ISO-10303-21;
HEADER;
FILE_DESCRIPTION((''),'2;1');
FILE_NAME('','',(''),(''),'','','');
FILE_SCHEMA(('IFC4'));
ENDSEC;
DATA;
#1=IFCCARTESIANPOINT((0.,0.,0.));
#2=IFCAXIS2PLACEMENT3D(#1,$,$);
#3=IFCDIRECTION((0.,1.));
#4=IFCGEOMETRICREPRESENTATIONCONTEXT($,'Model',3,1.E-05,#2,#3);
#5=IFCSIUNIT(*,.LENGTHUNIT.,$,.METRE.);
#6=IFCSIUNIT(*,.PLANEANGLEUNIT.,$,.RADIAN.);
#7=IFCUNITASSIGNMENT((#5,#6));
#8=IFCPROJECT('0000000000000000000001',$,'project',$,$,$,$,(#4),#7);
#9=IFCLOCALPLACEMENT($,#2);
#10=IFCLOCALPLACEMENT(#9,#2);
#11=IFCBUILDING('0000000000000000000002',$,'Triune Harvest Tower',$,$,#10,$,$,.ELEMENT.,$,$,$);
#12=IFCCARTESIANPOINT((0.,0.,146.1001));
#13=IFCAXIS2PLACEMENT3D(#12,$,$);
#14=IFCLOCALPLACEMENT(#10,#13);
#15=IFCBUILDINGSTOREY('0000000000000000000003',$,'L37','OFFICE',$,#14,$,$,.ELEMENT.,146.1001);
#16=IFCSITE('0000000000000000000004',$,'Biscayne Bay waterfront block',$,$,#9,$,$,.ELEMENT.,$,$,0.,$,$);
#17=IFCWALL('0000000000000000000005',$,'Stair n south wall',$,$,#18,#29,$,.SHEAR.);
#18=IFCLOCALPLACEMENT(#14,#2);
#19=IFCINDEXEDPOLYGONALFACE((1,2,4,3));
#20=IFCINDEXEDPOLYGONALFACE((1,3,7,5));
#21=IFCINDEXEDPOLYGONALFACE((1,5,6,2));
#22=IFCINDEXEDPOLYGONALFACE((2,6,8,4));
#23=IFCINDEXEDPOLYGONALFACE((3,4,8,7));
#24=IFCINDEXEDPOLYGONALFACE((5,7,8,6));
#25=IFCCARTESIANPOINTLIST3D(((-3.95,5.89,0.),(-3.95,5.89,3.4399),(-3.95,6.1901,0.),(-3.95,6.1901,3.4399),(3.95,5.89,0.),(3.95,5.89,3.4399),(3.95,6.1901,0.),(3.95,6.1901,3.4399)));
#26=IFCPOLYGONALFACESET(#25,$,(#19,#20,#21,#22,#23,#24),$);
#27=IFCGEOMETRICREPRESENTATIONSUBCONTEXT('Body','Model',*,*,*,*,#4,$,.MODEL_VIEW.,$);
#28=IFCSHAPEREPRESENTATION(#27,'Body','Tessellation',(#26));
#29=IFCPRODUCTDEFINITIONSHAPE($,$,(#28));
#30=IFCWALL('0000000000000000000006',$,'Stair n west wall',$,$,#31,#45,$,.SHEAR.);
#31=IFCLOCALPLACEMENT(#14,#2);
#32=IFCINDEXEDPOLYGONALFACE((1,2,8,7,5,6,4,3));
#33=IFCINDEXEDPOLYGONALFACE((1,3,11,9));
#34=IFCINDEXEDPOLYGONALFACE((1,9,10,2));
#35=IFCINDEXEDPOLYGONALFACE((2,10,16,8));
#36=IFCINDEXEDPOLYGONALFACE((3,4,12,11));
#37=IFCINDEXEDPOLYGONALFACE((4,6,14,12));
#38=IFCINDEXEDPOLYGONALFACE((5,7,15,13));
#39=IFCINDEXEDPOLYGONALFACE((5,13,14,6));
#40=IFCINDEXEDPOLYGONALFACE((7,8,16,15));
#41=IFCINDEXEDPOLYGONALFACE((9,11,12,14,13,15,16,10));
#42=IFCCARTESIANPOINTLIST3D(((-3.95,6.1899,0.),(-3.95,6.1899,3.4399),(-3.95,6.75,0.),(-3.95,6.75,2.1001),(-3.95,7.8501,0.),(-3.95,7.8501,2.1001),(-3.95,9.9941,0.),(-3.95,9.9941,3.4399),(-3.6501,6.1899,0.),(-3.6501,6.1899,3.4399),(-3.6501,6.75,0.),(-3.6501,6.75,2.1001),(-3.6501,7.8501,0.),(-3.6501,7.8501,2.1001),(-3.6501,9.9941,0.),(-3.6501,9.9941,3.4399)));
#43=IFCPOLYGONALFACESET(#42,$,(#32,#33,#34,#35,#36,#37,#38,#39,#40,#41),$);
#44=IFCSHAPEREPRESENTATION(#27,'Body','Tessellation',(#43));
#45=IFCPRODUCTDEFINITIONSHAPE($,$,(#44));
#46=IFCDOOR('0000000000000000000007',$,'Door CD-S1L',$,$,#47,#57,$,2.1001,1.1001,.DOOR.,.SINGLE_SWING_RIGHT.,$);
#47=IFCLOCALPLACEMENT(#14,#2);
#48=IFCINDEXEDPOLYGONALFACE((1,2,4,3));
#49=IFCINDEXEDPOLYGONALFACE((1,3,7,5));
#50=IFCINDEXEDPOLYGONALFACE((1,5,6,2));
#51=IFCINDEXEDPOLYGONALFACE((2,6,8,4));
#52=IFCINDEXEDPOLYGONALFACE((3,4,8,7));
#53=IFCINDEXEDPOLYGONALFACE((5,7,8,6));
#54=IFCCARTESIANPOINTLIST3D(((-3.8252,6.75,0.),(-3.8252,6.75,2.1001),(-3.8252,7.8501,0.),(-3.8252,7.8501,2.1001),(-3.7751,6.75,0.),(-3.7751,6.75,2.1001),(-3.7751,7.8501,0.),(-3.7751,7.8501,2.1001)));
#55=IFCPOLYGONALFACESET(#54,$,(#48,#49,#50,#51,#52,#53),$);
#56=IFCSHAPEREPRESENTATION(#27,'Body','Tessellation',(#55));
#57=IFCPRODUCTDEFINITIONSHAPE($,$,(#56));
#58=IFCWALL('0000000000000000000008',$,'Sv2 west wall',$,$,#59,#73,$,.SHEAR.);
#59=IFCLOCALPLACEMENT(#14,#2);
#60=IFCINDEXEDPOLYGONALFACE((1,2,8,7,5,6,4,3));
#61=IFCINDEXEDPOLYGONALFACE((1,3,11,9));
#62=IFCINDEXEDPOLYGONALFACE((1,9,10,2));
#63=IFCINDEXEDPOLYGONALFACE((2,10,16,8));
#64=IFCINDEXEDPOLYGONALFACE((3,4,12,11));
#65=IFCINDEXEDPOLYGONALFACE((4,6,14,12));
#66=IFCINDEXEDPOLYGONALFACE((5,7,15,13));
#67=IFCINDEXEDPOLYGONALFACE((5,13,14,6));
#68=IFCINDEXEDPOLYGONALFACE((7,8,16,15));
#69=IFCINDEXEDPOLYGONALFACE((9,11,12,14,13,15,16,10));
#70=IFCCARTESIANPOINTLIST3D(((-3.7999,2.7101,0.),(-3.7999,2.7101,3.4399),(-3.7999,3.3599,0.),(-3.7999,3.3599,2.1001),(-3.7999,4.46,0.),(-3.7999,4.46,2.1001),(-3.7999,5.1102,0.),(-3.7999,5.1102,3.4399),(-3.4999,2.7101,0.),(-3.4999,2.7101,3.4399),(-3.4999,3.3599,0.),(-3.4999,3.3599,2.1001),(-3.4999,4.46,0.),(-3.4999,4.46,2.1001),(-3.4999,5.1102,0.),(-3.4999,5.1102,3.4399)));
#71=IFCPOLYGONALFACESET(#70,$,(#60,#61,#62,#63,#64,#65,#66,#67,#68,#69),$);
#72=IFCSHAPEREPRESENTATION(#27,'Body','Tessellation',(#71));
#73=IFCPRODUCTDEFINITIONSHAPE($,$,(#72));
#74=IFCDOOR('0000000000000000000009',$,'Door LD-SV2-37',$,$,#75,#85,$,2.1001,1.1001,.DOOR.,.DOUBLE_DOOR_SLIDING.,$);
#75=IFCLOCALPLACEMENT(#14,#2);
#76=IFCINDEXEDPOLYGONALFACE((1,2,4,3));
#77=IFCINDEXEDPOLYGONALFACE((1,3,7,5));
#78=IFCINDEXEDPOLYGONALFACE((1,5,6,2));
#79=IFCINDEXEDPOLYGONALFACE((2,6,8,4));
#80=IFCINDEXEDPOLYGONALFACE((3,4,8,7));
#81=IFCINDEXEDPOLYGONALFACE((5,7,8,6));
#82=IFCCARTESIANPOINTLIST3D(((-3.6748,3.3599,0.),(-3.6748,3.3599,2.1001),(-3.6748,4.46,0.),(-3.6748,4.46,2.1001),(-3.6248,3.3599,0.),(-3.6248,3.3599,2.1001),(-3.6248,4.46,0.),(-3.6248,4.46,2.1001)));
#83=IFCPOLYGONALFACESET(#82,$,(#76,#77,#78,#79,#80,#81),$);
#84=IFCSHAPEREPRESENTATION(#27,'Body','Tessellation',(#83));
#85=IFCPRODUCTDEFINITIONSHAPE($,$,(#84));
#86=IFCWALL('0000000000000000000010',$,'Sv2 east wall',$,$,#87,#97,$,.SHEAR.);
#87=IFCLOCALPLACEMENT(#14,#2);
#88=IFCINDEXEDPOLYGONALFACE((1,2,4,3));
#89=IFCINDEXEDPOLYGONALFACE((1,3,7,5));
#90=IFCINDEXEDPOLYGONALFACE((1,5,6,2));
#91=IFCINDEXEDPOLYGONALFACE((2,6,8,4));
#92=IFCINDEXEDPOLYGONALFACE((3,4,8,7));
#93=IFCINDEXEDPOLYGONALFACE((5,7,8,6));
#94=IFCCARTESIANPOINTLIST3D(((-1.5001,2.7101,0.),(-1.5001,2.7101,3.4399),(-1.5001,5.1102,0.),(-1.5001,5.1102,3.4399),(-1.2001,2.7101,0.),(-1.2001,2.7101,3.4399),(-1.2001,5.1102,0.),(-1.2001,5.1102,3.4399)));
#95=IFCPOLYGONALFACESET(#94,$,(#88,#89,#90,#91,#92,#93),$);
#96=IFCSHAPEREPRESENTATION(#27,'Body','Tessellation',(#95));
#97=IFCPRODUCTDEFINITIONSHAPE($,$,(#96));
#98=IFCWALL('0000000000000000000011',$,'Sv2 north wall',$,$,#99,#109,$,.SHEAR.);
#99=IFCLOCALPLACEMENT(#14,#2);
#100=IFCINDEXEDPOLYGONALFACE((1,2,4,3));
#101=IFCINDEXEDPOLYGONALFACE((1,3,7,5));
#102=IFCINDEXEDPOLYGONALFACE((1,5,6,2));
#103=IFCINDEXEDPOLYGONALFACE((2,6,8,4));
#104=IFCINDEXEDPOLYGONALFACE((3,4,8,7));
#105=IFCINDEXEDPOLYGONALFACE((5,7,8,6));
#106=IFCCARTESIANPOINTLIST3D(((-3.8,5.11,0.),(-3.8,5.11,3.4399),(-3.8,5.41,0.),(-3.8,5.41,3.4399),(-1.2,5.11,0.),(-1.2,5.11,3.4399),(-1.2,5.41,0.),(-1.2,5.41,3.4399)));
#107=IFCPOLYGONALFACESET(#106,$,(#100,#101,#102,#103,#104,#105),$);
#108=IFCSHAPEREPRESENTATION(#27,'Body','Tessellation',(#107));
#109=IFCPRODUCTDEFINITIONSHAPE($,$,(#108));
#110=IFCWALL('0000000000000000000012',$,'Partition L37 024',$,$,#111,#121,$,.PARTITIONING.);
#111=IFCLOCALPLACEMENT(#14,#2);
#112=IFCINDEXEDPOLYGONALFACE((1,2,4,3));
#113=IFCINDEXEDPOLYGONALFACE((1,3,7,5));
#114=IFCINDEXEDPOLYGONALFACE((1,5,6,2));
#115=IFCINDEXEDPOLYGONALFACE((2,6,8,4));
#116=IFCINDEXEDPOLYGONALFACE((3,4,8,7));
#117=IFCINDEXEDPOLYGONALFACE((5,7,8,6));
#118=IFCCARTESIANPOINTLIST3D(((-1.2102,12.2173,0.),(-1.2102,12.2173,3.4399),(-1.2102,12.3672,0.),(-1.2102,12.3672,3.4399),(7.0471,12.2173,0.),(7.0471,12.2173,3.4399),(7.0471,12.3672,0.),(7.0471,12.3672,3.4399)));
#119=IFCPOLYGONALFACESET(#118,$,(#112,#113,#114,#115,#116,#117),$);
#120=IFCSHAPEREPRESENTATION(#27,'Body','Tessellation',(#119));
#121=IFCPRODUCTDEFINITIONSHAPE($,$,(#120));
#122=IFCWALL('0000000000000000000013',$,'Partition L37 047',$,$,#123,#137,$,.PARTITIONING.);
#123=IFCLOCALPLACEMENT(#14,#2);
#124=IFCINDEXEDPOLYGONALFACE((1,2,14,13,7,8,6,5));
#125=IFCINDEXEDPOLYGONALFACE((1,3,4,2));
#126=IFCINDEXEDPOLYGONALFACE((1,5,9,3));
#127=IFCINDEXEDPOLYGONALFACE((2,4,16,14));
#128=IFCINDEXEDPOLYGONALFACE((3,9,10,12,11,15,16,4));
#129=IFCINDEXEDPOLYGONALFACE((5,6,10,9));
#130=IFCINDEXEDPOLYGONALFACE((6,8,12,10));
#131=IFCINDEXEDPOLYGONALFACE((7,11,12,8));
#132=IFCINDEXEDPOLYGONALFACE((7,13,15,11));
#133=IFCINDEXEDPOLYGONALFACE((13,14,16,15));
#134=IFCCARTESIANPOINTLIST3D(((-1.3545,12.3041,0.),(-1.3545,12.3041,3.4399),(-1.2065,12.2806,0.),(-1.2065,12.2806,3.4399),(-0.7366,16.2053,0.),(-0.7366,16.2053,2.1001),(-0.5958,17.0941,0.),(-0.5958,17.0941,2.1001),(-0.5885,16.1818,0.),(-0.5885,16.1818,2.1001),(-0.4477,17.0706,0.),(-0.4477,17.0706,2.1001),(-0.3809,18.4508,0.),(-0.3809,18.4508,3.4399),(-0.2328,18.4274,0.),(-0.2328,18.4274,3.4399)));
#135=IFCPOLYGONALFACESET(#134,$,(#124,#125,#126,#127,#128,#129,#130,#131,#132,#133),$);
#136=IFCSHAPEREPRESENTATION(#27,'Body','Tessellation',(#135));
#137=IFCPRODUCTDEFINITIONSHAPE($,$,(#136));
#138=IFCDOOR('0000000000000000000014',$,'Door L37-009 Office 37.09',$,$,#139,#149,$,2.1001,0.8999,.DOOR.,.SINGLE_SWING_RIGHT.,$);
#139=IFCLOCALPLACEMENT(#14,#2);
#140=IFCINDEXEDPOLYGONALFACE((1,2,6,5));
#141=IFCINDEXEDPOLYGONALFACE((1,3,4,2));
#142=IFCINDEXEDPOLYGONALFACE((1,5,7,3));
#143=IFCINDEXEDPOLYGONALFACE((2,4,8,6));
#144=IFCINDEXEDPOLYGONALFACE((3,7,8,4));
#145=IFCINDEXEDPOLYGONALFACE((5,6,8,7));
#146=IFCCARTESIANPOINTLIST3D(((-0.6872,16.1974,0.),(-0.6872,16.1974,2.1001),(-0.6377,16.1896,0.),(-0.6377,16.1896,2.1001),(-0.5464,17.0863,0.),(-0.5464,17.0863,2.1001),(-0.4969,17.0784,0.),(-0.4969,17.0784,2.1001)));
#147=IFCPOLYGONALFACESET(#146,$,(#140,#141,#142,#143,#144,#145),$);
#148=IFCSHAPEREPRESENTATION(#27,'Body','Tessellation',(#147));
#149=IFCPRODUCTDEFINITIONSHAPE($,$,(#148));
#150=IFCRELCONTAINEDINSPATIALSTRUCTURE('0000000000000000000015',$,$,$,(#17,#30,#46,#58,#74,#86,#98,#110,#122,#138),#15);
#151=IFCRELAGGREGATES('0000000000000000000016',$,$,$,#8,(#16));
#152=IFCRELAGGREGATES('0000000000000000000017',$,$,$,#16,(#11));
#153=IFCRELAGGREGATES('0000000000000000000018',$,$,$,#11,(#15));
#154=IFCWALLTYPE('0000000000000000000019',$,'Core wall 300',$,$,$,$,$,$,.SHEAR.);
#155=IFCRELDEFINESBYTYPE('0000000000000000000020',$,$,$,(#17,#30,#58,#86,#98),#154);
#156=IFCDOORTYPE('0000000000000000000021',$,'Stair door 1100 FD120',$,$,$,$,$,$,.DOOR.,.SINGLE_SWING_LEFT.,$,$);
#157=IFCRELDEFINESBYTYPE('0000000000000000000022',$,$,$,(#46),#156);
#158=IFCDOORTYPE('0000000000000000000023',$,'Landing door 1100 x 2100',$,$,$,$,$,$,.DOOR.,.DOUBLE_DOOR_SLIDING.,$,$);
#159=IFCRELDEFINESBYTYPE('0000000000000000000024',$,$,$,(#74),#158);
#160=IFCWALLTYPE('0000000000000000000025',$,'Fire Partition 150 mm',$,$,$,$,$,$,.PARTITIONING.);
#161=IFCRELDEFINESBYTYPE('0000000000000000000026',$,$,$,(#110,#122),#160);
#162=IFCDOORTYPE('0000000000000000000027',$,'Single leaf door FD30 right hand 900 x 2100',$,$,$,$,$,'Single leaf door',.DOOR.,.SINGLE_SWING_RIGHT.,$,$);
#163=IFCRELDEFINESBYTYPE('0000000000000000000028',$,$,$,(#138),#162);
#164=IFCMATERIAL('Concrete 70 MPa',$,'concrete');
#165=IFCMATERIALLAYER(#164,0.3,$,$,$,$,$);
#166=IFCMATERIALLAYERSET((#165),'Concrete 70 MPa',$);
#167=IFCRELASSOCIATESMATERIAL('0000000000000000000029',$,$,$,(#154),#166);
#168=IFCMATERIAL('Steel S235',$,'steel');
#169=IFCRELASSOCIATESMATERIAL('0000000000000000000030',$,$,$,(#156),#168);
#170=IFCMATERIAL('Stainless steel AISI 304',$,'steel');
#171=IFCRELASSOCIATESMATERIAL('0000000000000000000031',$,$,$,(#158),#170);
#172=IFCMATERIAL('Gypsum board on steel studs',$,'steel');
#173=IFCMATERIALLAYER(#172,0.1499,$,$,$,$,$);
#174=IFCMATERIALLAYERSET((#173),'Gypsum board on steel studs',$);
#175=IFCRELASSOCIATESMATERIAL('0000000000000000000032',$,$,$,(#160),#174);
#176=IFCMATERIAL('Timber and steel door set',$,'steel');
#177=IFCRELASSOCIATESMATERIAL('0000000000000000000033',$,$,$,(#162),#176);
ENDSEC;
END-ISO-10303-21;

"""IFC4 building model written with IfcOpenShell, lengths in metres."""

from ifc_helpers import new_model, si_unit, direction, frame, frame_2d, origin, place, context, subcontext, project, spatial, polyline, rectangle, outline, extrude, source, transform, mapped, material, layer, layer_set, type_object, element, fill, save


model = new_model("IFC4")

# Units and contexts
model_context = context("Model", 3, precision=1e-05, world=origin(), true_north=direction((0.0, 1.0)))
body_context = subcontext(model_context, "Body", "Model", "MODEL_VIEW")
ifc_project = project(units=[si_unit("LENGTHUNIT", "METRE"), si_unit("PLANEANGLEUNIT", "RADIAN")], contexts=[model_context])

# Site, building, storey
site_placement = place(None, origin())
site = spatial("IfcSite", under=ifc_project, at=site_placement, Name="Biscayne Bay waterfront block", CompositionType="ELEMENT", RefElevation=0.0)
building_placement = place(site_placement, origin())
building = spatial("IfcBuilding", under=site, at=building_placement, Name="Triune Harvest Tower", CompositionType="ELEMENT")
storey_placement = place(building_placement, frame((0.0, 0.0, 146.1001)))
storey = spatial("IfcBuildingStorey", under=building, at=storey_placement, Name="L37", Description="OFFICE", CompositionType="ELEMENT", Elevation=146.1001)

# Wall
ifc_material_1 = material(Name="Concrete 70 MPa", Category="concrete")
ifc_layer_1 = layer(ifc_material_1, 0.3)
ifc_layer_set_1 = layer_set([ifc_layer_1], Name="Concrete 70 MPa")
wall_type_1 = type_object("IfcWallType", Name="Core wall 300", PredefinedType="SHEAR", material=ifc_layer_set_1)
shared_shape_1 = source(origin(), body_context, "Body", "SweptSolid", [
    extrude(rectangle(XDim=7.8999, YDim=0.3, at=frame_2d((3.95, 0.0))), origin(), (0.0, 0.0, 1.0), 3.4399),
])
wall_1_placement = place(storey_placement, frame((-3.95, 6.04, 0.0), z_axis=(0.0, 0.0, 1.0), x_axis=(1.0, 0.0, 0.0)))
element("IfcWall", 1, at=wall_1_placement, inside=storey, type_object=wall_type_1, Name="Stair n south wall", PredefinedType="SHEAR", context=body_context, shape_type="MappedRepresentation", body=[
    mapped(shared_shape_1, transform((0.0, 0.0, 0.0), scale=1.0)),
])

# Walls, openings, doors
shared_shape_2 = source(origin(), body_context, "Body", "SweptSolid", [
    extrude(outline(polyline([(0.0, -0.1499), (0.0, 0.1499), (3.8042, 0.1499), (3.8042, -0.1499), (0.0, -0.1499)])), origin(), (0.0, 0.0, 1.0), 3.4399),
])
wall_2_placement = place(storey_placement, frame((-3.8, 6.1899, 0.0), z_axis=(0.0, 0.0, 1.0), x_axis=(0.0, 1.0, 0.0)))
wall_2 = element("IfcWall", 2, at=wall_2_placement, inside=storey, type_object=wall_type_1, Name="Stair n west wall", PredefinedType="SHEAR", context=body_context, shape_type="MappedRepresentation", body=[
    mapped(shared_shape_2, transform((0.0, 0.0, 0.0), scale=1.0)),
])
opening_1_placement = place(wall_2_placement, frame((0.5601, 0.0, 0.0)))
opening_1 = element("IfcOpeningElement", 3, at=opening_1_placement, cuts=wall_2, PredefinedType="OPENING", context=body_context, shape_type="SweptSolid", body=[
    extrude(rectangle(XDim=1.1001, YDim=2.1001, at=frame_2d((0.55, 1.05))), frame((0.0, 0.1602, 0.0), z_axis=(0.0, -1.0, 0.0), x_axis=(1.0, 0.0, 0.0)), (0.0, 0.0, 1.0), 0.3201),
])
ifc_material_2 = material(Name="Steel S235", Category="steel")
door_type_1 = type_object("IfcDoorType", Name="Stair door 1100 FD120", OperationType="SINGLE_SWING_LEFT", PredefinedType="DOOR", material=ifc_material_2)
door_1_placement = place(opening_1_placement, frame((1.1001, 0.0, 0.0), z_axis=(0.0, 0.0, 1.0), x_axis=(-1.0, 0.0, 0.0)))
door_1 = element("IfcDoor", 4, at=door_1_placement, inside=storey, type_object=door_type_1, Name="Door CD-S1L", OperationType="SINGLE_SWING_RIGHT", OverallHeight=2.1001, OverallWidth=1.1001, PredefinedType="DOOR", context=body_context, shape_type="SweptSolid", body=[
    extrude(rectangle(XDim=1.1001, YDim=2.1001, at=frame_2d((0.55, 1.05))), frame((0.0, 0.0249, 0.0), z_axis=(0.0, -1.0, 0.0), x_axis=(1.0, 0.0, 0.0)), (0.0, 0.0, 1.0), 0.05),
])
fill(opening_1, door_1)
shared_shape_3 = source(origin(), body_context, "Body", "SweptSolid", [
    extrude(rectangle(XDim=2.4001, YDim=0.3, at=frame_2d((1.2002, 0.0))), origin(), (0.0, 0.0, 1.0), 3.4399),
])
wall_3_placement = place(storey_placement, frame((-3.6499, 2.71, 0.0), z_axis=(0.0, 0.0, 1.0), x_axis=(0.0, 1.0, 0.0)))
wall_3 = element("IfcWall", 5, at=wall_3_placement, inside=storey, type_object=wall_type_1, Name="Sv2 west wall", PredefinedType="SHEAR", context=body_context, shape_type="MappedRepresentation", body=[
    mapped(shared_shape_3, transform((0.0, 0.0, 0.0), scale=1.0)),
])
opening_2_placement = place(wall_3_placement, frame((0.6499, 0.0, 0.0)))
opening_2 = element("IfcOpeningElement", 6, at=opening_2_placement, cuts=wall_3, PredefinedType="OPENING", context=body_context, shape_type="SweptSolid", body=[
    extrude(rectangle(XDim=1.1001, YDim=2.1001, at=frame_2d((0.55, 1.05))), frame((0.0, 0.1602, 0.0), z_axis=(0.0, -1.0, 0.0), x_axis=(1.0, 0.0, 0.0)), (0.0, 0.0, 1.0), 0.3201),
])
ifc_material_3 = material(Name="Stainless steel AISI 304", Category="steel")
door_type_2 = type_object("IfcDoorType", Name="Landing door 1100 x 2100", OperationType="DOUBLE_DOOR_SLIDING", PredefinedType="DOOR", material=ifc_material_3)
door_2_placement = place(opening_2_placement, origin())
door_2 = element("IfcDoor", 7, at=door_2_placement, inside=storey, type_object=door_type_2, Name="Door LD-SV2-37", OperationType="DOUBLE_DOOR_SLIDING", OverallHeight=2.1001, OverallWidth=1.1001, PredefinedType="DOOR", context=body_context, shape_type="SweptSolid", body=[
    extrude(rectangle(XDim=1.1001, YDim=2.1001, at=frame_2d((0.55, 1.05))), frame((0.0, 0.0249, 0.0), z_axis=(0.0, -1.0, 0.0), x_axis=(1.0, 0.0, 0.0)), (0.0, 0.0, 1.0), 0.05),
])
fill(opening_2, door_2)

# Walls
wall_4_placement = place(storey_placement, frame((-1.3501, 2.71, 0.0), z_axis=(0.0, 0.0, 1.0), x_axis=(0.0, 1.0, 0.0)))
element("IfcWall", 8, at=wall_4_placement, inside=storey, type_object=wall_type_1, Name="Sv2 east wall", PredefinedType="SHEAR", context=body_context, shape_type="MappedRepresentation", body=[
    mapped(shared_shape_3, transform((0.0, 0.0, 0.0), scale=1.0)),
])
shared_shape_4 = source(origin(), body_context, "Body", "SweptSolid", [
    extrude(rectangle(XDim=2.6001, YDim=0.3, at=frame_2d((1.3, 0.0))), origin(), (0.0, 0.0, 1.0), 3.4399),
])
wall_5_placement = place(storey_placement, frame((-3.8, 5.26, 0.0), z_axis=(0.0, 0.0, 1.0), x_axis=(1.0, 0.0, 0.0)))
element("IfcWall", 9, at=wall_5_placement, inside=storey, type_object=wall_type_1, Name="Sv2 north wall", PredefinedType="SHEAR", context=body_context, shape_type="MappedRepresentation", body=[
    mapped(shared_shape_4, transform((0.0, 0.0, 0.0), scale=1.0)),
])
ifc_material_4 = material(Name="Gypsum board on steel studs", Category="steel")
ifc_layer_2 = layer(ifc_material_4, 0.1499)
ifc_layer_set_2 = layer_set([ifc_layer_2], Name="Gypsum board on steel studs")
wall_type_2 = type_object("IfcWallType", Name="Fire Partition 150 mm", PredefinedType="PARTITIONING", material=ifc_layer_set_2)
shared_shape_5 = source(origin(), body_context, "Body", "SweptSolid", [
    extrude(rectangle(XDim=8.2573, YDim=0.1499, at=frame_2d((4.1287, 0.0))), origin(), (0.0, 0.0, 1.0), 3.4399),
])
wall_6_placement = place(storey_placement, frame((-1.2102, 12.2922, 0.0), z_axis=(0.0, 0.0, 1.0), x_axis=(1.0, 0.0, 0.0)))
element("IfcWall", 10, at=wall_6_placement, inside=storey, type_object=wall_type_2, Name="Partition L37 024", PredefinedType="PARTITIONING", context=body_context, shape_type="MappedRepresentation", body=[
    mapped(shared_shape_5, transform((0.0, 0.0, 0.0), scale=1.0)),
])

# Wall, opening, door
shared_shape_6 = source(origin(), body_context, "Body", "SweptSolid", [
    extrude(rectangle(XDim=6.2234, YDim=0.1499, at=frame_2d((3.1118, 0.0))), origin(), (0.0, 0.0, 1.0), 3.4399),
])
wall_7_placement = place(storey_placement, frame((-1.2805, 12.2922, 0.0), z_axis=(0.0, 0.0, 1.0), x_axis=(0.156448, 0.987686, 0.0)))
wall_7 = element("IfcWall", 11, at=wall_7_placement, inside=storey, type_object=wall_type_2, Name="Partition L37 047", PredefinedType="PARTITIONING", context=body_context, shape_type="MappedRepresentation", body=[
    mapped(shared_shape_6, transform((0.0, 0.0, 0.0), scale=1.0)),
])
opening_3_placement = place(wall_7_placement, frame((3.95, 0.0, 0.0)))
opening_3 = element("IfcOpeningElement", 12, at=opening_3_placement, cuts=wall_7, PredefinedType="OPENING", context=body_context, shape_type="SweptSolid", body=[
    extrude(rectangle(XDim=0.8999, YDim=2.1001, at=frame_2d((0.45, 1.05))), frame((0.0, 0.085, 0.0), z_axis=(0.0, -1.0, 0.0), x_axis=(1.0, 0.0, 0.0)), (0.0, 0.0, 1.0), 0.1699),
])
ifc_material_5 = material(Name="Timber and steel door set", Category="steel")
door_type_3 = type_object("IfcDoorType", Name="Single leaf door FD30 right hand 900 x 2100", ElementType="Single leaf door", OperationType="SINGLE_SWING_RIGHT", PredefinedType="DOOR", material=ifc_material_5)
door_3_placement = place(opening_3_placement, origin())
door_3 = element("IfcDoor", 13, at=door_3_placement, inside=storey, type_object=door_type_3, Name="Door L37-009 Office 37.09", OperationType="SINGLE_SWING_RIGHT", OverallHeight=2.1001, OverallWidth=0.8999, PredefinedType="DOOR", context=body_context, shape_type="SweptSolid", body=[
    extrude(rectangle(XDim=0.8999, YDim=2.1001, at=frame_2d((0.45, 1.05))), frame((0.0, 0.0249, 0.0), z_axis=(0.0, -1.0, 0.0), x_axis=(1.0, 0.0, 0.0)), (0.0, 0.0, 1.0), 0.05),
])
fill(opening_3, door_3)

save(model, "model.ifc")
